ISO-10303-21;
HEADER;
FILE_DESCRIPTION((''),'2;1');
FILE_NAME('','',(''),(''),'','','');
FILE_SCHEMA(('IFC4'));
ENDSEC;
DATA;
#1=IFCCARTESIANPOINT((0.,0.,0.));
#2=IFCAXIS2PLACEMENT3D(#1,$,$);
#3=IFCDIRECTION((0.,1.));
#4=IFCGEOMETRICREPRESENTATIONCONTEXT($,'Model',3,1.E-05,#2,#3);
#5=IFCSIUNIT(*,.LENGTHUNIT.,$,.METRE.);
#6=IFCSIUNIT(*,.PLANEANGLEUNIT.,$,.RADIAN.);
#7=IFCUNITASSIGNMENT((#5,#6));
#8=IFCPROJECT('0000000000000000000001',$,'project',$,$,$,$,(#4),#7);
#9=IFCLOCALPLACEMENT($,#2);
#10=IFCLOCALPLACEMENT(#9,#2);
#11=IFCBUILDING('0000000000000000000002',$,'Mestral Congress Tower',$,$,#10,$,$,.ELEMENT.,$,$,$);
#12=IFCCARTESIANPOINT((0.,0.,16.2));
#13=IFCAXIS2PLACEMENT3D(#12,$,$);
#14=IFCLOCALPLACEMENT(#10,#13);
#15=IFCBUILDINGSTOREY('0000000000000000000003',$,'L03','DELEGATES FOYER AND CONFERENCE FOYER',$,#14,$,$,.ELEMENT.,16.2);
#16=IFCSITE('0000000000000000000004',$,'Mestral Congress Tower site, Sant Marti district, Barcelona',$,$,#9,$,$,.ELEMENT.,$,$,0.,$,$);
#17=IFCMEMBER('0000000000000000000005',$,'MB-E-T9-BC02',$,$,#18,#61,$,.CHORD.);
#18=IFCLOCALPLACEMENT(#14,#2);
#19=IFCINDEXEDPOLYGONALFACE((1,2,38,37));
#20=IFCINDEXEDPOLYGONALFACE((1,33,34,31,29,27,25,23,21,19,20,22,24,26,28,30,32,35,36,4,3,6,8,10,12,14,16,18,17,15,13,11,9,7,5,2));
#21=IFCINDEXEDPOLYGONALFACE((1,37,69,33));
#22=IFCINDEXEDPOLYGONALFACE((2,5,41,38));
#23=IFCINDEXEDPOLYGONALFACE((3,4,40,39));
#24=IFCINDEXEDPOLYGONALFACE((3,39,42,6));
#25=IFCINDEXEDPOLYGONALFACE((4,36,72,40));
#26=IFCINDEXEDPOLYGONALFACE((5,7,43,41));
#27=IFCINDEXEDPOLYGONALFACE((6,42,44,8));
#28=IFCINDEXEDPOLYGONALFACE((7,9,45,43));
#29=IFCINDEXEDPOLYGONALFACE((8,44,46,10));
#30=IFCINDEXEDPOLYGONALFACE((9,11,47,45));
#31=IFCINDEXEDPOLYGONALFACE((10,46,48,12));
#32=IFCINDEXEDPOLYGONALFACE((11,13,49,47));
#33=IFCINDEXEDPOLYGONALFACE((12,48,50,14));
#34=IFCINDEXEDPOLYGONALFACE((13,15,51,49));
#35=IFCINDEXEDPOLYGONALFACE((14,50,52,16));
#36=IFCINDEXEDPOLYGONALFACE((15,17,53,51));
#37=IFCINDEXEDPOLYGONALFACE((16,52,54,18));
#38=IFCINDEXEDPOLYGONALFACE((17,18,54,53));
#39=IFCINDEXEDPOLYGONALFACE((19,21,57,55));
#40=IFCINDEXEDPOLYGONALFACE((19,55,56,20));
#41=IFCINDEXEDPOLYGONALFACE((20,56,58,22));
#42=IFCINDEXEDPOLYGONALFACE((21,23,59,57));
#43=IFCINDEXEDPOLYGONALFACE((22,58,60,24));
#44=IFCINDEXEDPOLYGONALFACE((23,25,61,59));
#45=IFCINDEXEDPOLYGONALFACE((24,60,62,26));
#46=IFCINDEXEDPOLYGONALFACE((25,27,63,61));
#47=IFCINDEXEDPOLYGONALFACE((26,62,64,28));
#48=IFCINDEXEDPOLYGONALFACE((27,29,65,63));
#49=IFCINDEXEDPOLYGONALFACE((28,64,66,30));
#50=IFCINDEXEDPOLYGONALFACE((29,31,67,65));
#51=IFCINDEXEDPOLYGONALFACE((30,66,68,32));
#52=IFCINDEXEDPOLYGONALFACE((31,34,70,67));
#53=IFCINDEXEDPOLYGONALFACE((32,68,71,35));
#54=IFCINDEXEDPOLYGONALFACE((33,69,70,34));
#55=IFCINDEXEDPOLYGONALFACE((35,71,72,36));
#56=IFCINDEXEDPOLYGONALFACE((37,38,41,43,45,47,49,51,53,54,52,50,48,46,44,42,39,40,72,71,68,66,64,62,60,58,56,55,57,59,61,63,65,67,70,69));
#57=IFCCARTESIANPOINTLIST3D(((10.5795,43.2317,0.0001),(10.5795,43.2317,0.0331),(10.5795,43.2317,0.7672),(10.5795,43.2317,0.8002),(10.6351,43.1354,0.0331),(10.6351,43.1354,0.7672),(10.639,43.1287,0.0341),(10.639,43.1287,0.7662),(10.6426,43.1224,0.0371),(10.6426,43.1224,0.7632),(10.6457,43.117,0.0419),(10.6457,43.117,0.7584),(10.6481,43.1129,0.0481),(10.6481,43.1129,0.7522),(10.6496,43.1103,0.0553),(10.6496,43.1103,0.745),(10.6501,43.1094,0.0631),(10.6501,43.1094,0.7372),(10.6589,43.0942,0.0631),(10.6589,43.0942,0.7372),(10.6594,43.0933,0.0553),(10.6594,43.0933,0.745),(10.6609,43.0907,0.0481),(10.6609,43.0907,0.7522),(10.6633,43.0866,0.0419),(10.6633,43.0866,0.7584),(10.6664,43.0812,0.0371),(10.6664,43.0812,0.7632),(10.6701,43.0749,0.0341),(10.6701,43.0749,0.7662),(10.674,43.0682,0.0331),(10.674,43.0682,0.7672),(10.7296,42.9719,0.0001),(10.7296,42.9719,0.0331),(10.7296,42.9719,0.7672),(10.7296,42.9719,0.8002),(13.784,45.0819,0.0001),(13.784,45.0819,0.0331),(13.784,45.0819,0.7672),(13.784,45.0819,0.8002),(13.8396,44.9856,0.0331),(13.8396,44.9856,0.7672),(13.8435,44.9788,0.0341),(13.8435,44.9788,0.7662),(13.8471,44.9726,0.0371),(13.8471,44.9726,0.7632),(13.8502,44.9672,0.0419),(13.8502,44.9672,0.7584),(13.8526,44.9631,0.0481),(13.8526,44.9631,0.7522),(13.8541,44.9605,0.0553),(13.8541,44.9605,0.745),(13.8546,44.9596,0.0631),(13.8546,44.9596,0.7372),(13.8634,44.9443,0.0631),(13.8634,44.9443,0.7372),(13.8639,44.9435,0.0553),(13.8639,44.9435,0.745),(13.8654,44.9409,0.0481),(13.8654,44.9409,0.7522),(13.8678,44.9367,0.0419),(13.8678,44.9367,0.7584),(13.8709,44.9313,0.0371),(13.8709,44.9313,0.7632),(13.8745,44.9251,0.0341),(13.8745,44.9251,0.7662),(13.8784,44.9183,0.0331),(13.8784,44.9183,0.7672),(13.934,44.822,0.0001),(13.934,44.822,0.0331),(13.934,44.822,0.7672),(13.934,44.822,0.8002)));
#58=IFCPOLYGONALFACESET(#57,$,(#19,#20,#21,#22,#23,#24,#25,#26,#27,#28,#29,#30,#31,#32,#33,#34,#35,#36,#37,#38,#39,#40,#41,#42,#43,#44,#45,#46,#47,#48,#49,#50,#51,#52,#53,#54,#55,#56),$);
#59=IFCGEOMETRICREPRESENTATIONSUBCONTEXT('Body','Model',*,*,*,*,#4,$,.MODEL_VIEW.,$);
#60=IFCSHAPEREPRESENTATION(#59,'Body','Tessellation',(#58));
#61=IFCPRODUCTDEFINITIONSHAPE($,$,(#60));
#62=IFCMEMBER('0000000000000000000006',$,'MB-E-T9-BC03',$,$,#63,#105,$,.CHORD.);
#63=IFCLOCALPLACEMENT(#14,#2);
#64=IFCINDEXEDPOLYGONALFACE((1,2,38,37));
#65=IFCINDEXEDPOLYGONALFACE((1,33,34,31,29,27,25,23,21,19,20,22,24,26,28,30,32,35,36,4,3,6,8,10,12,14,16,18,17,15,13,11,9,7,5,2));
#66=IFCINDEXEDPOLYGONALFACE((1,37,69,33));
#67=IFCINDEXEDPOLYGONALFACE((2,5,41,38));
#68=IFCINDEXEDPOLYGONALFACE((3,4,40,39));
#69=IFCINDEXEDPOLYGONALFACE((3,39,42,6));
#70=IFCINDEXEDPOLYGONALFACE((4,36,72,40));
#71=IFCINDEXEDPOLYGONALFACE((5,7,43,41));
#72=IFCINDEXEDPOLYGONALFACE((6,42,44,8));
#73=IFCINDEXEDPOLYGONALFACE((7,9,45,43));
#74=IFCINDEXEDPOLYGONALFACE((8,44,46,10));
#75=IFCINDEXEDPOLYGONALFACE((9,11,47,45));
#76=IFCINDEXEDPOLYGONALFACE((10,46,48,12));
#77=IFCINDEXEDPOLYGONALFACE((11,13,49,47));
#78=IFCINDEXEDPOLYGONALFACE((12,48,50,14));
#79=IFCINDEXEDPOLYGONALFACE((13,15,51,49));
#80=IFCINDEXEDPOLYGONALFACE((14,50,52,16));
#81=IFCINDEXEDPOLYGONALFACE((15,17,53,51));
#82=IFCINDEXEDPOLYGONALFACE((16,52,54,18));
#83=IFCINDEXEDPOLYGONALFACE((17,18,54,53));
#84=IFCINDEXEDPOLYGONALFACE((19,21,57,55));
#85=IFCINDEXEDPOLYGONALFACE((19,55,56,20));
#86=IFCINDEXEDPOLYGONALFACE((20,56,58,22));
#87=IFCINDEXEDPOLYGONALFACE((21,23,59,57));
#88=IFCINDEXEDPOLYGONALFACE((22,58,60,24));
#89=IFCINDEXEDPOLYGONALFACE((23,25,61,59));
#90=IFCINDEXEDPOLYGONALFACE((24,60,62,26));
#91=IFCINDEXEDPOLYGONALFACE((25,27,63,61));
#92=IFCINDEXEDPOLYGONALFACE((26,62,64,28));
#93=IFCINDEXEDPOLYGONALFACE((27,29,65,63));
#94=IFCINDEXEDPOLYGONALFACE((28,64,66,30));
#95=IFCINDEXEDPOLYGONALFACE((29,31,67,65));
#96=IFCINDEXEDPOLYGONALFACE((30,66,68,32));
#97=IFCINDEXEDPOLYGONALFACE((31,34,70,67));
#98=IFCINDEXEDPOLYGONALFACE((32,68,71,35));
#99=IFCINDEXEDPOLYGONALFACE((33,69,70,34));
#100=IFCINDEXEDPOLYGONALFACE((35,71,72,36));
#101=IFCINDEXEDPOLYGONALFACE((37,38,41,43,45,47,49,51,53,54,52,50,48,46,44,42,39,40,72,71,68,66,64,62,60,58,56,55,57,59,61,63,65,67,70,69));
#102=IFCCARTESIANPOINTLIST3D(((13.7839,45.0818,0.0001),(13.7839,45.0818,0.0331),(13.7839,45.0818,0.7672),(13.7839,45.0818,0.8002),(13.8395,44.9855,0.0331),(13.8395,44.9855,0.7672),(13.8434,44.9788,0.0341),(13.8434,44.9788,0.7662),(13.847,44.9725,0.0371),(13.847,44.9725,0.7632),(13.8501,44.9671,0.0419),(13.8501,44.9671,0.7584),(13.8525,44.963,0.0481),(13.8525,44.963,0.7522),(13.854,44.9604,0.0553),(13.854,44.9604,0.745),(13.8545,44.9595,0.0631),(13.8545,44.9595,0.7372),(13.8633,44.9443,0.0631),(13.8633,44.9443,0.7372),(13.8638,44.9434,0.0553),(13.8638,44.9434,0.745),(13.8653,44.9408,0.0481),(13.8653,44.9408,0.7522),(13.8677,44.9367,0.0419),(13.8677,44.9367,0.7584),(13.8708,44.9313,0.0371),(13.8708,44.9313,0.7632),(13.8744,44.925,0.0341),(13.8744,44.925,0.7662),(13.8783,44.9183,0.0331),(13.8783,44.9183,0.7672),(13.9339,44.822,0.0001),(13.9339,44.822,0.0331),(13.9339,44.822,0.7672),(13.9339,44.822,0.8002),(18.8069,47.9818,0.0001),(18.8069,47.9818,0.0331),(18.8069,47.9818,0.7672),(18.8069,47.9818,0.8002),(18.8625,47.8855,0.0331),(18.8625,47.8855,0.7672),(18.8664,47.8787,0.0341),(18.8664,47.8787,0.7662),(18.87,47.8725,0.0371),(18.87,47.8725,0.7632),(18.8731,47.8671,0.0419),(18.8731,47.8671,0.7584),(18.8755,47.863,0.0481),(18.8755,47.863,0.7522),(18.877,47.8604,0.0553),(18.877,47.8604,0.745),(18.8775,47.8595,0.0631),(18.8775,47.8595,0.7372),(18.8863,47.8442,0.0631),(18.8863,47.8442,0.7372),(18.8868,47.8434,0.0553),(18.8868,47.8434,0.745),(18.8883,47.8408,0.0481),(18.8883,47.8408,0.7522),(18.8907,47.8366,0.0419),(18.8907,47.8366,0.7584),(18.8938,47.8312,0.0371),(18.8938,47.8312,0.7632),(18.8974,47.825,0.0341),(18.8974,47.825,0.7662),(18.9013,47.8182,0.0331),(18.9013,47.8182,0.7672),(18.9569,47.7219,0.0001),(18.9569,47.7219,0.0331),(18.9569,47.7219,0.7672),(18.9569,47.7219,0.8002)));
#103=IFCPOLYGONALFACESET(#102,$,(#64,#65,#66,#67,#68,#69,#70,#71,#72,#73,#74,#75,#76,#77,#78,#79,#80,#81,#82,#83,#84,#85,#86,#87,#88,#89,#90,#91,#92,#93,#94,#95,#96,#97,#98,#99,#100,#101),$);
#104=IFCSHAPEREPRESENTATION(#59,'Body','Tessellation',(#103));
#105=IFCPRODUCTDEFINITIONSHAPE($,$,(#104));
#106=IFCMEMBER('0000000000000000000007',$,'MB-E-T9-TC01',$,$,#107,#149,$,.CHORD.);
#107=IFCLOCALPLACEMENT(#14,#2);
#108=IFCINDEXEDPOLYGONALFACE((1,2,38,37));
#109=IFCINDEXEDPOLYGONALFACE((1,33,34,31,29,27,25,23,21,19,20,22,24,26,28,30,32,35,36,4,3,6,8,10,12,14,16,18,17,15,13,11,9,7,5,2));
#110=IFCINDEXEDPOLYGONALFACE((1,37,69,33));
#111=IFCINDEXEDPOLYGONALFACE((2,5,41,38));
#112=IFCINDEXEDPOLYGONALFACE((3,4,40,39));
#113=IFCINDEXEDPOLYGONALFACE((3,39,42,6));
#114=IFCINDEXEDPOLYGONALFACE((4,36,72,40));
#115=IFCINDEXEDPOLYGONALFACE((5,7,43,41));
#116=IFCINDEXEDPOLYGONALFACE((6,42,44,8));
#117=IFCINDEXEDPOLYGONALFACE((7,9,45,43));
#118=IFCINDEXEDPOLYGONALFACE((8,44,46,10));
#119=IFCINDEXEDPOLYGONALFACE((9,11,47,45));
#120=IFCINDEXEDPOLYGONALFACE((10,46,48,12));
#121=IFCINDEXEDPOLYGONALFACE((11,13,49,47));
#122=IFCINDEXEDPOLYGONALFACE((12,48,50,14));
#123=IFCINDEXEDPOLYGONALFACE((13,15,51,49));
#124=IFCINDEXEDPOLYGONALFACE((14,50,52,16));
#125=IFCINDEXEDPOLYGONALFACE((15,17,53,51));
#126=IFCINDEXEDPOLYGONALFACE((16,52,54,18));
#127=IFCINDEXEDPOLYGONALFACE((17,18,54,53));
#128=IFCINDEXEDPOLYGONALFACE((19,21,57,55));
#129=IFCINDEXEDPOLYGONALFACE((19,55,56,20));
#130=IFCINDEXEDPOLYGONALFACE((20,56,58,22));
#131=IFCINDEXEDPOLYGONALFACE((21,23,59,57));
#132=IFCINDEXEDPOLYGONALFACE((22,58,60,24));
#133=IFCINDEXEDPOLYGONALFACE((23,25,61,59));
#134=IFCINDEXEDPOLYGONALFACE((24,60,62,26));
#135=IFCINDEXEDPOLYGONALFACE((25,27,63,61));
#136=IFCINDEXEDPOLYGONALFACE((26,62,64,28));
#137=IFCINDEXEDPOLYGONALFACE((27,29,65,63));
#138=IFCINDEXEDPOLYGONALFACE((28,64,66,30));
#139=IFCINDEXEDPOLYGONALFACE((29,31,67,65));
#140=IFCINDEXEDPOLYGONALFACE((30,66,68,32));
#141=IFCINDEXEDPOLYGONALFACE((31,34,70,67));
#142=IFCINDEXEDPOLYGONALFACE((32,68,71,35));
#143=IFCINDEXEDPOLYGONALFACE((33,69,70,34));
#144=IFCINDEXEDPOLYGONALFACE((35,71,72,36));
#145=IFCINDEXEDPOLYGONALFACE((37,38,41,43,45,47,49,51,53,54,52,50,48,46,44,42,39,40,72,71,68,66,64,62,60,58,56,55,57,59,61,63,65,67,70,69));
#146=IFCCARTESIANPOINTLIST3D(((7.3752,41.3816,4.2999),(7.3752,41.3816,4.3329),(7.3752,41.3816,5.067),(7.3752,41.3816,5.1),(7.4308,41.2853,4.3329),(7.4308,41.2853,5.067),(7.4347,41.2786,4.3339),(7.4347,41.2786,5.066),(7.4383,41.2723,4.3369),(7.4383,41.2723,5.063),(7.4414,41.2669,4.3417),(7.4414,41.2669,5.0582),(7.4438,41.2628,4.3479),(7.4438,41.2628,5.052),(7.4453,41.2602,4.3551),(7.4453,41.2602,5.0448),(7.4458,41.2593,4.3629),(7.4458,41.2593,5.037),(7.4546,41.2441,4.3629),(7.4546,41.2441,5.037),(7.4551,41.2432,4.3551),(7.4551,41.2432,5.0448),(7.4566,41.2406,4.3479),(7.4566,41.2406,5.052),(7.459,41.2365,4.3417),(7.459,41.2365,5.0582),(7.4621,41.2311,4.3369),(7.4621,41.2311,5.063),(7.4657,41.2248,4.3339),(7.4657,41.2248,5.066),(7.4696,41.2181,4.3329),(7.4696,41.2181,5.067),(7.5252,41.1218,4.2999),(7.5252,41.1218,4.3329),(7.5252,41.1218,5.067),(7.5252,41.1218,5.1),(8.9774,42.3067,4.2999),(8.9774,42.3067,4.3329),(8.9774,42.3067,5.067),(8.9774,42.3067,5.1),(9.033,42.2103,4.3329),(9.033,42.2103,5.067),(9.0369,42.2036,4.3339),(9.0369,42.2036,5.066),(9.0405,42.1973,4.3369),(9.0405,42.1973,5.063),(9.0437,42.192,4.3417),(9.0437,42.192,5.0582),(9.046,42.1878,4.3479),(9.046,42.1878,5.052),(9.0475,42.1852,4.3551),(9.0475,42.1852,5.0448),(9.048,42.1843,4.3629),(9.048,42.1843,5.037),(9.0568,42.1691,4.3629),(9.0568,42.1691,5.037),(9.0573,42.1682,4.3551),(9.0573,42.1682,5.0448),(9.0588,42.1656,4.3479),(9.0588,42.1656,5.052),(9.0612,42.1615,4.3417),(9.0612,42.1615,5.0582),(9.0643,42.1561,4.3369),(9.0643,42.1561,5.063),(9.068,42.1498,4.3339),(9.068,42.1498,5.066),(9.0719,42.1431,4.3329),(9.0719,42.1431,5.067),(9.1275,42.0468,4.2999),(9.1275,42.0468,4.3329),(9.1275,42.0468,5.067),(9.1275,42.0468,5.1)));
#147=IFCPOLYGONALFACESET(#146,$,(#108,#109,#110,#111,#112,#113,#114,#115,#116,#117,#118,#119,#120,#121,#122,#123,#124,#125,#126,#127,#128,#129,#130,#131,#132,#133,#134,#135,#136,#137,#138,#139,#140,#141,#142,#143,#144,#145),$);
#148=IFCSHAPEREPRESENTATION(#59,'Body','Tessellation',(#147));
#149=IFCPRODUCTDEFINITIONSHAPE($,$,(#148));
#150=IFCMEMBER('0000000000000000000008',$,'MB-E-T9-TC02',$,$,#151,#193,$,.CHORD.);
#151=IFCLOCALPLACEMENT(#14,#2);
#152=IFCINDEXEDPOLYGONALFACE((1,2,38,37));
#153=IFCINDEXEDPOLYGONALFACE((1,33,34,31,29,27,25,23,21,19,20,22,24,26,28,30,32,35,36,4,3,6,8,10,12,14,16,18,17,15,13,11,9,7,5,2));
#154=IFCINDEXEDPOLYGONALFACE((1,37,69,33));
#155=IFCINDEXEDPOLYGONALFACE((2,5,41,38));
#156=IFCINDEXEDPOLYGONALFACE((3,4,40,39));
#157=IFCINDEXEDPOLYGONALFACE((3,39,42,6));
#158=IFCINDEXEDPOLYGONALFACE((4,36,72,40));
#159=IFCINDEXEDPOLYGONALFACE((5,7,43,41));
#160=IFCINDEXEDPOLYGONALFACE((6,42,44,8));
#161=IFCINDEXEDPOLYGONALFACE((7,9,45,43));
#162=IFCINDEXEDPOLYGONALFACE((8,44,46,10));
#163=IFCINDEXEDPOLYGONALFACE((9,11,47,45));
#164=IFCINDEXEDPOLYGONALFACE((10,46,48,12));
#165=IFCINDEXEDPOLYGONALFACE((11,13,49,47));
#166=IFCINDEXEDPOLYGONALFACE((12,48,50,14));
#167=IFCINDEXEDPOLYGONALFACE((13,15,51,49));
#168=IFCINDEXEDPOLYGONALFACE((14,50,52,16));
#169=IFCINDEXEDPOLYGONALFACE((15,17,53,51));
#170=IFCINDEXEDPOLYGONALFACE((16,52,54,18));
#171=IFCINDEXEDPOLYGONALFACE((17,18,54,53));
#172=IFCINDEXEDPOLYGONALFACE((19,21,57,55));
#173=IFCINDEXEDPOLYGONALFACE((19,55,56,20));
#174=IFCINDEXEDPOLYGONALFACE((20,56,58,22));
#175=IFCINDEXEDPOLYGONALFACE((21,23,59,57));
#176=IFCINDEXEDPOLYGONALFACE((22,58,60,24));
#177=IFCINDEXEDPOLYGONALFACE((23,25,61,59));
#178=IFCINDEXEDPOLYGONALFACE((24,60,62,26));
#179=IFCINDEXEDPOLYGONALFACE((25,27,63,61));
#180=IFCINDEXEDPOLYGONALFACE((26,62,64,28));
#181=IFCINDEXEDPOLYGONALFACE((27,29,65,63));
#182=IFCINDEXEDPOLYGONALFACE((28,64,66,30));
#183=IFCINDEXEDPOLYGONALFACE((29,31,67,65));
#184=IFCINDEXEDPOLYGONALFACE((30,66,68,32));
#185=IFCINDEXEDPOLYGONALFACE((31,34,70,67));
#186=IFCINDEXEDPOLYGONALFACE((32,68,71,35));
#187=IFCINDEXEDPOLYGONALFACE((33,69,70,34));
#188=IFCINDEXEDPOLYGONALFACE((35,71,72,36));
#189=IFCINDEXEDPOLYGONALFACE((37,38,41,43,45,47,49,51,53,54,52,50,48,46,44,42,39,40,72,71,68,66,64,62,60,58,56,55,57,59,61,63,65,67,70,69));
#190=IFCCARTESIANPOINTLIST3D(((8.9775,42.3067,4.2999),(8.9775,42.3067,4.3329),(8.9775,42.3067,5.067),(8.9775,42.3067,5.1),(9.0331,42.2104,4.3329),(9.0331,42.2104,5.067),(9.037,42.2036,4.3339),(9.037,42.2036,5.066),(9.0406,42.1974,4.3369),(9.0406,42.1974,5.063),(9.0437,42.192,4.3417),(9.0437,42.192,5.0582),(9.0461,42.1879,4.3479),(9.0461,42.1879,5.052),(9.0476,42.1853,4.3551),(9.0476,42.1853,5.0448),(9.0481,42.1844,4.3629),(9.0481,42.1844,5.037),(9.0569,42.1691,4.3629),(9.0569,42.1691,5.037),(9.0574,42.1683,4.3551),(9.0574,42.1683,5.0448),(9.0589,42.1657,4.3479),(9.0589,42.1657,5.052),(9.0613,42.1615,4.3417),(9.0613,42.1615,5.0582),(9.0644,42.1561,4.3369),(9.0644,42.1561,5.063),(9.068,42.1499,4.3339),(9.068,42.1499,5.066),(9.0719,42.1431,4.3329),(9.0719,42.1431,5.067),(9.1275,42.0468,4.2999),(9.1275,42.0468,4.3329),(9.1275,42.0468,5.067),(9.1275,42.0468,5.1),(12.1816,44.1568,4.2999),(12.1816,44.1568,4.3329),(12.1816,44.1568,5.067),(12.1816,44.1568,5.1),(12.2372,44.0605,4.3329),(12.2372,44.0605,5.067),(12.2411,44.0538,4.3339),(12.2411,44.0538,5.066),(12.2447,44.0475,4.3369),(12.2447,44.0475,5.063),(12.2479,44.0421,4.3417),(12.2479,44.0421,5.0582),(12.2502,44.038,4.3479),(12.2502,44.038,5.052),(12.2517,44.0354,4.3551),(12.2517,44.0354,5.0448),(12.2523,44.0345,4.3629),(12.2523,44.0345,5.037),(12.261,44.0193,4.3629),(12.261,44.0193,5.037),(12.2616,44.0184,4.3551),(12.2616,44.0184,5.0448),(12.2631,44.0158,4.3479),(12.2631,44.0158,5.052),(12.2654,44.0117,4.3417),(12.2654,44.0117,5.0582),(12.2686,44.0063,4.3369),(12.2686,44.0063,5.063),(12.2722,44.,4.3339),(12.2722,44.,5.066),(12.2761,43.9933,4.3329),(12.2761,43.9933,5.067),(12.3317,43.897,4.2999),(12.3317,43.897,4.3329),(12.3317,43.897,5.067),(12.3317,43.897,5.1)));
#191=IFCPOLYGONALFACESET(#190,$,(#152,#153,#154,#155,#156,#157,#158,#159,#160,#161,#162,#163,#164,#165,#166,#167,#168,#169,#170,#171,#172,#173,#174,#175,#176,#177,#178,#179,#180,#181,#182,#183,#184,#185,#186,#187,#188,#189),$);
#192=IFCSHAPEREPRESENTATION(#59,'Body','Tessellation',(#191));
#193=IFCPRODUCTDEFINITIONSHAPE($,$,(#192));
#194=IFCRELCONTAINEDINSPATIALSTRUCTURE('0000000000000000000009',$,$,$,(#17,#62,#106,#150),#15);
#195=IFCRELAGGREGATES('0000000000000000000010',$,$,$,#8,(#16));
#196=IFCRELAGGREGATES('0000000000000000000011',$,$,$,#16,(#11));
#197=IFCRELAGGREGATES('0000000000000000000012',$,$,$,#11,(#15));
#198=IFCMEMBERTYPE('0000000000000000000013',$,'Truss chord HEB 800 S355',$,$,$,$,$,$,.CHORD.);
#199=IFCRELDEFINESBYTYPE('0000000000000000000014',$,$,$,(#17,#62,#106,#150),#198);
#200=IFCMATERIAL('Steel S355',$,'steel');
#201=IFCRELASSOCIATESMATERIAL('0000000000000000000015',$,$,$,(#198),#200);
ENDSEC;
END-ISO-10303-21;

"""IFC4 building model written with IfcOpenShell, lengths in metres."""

from ifc_helpers import new_model, si_unit, direction, frame, origin, origin_2d, place, context, subcontext, project, spatial, i_section, extrude, material, material_profile, profile_set, type_object, element, save


model = new_model("IFC4")

# Units and contexts
model_context = context("Model", 3, precision=1e-05, world=origin(), true_north=direction((0.0, 1.0)))
body_context = subcontext(model_context, "Body", "Model", "MODEL_VIEW")
ifc_project = project(units=[si_unit("LENGTHUNIT", "METRE"), si_unit("PLANEANGLEUNIT", "RADIAN")], contexts=[model_context])

# Site, building, storey
site_placement = place(None, origin())
site = spatial("IfcSite", under=ifc_project, at=site_placement, Name="Mestral Congress Tower site, Sant Marti district, Barcelona", CompositionType="ELEMENT", RefElevation=0.0)
building_placement = place(site_placement, origin())
building = spatial("IfcBuilding", under=site, at=building_placement, Name="Mestral Congress Tower", CompositionType="ELEMENT")
storey_placement = place(building_placement, frame((0.0, 0.0, 16.2)))
storey = spatial("IfcBuildingStorey", under=building, at=storey_placement, Name="L03", Description="DELEGATES FOYER AND CONFERENCE FOYER", CompositionType="ELEMENT", Elevation=16.2)

# Shared definitions
ifc_material_1 = material(Name="Steel S355", Category="steel")

# Members
ifc_material_profile_1 = material_profile(ifc_material_1, i_section(OverallWidth=0.3, OverallDepth=0.8, WebThickness=0.0176, FlangeThickness=0.033, FilletRadius=0.03, at=origin_2d()), Name="HEB 800")
ifc_profile_set_1 = profile_set([ifc_material_profile_1], Name="Steel S355")
member_type_1 = type_object("IfcMemberType", Name="Truss chord HEB 800 S355", PredefinedType="CHORD", material=ifc_profile_set_1)
for number, where, z_axis, x_axis, name in (
    (1, (10.6545, 43.1018, 0.4001), (0.866017, 0.500014, 0.0), (-0.500014, 0.866017, 0.0), "MB-E-T9-BC02"),
):
    element("IfcMember", number, at=place(storey_placement, frame(where, z_axis=z_axis, x_axis=x_axis)), inside=storey, type_object=member_type_1, Name=name, PredefinedType="CHORD", context=body_context, shape_type="SweptSolid", body=[
        extrude(i_section(OverallWidth=0.3, OverallDepth=0.8, WebThickness=0.0176, FlangeThickness=0.033, FilletRadius=0.03, at=origin_2d()), origin(), (0.0, 0.0, 1.0), 3.7002),
    ])
member_1_placement = place(storey_placement, frame((13.8589, 44.9519, 0.4001), z_axis=(0.866033, 0.499987, 0.0), x_axis=(-0.499987, 0.866033, 0.0)))
element("IfcMember", 2, at=member_1_placement, inside=storey, type_object=member_type_1, Name="MB-E-T9-BC03", PredefinedType="CHORD", context=body_context, shape_type="SweptSolid", body=[
    extrude(i_section(OverallWidth=0.3, OverallDepth=0.8, WebThickness=0.0176, FlangeThickness=0.033, FilletRadius=0.03, at=origin_2d()), origin(), (0.0, 0.0, 1.0), 5.8),
])
member_2_placement = place(storey_placement, frame((7.4502, 41.2517, 4.7), z_axis=(0.866034, 0.499985, 0.0), x_axis=(-0.499985, 0.866034, 0.0)))
element("IfcMember", 3, at=member_2_placement, inside=storey, type_object=member_type_1, Name="MB-E-T9-TC01", PredefinedType="CHORD", context=body_context, shape_type="SweptSolid", body=[
    extrude(i_section(OverallWidth=0.3, OverallDepth=0.8, WebThickness=0.0176, FlangeThickness=0.033, FilletRadius=0.03, at=origin_2d()), origin(), (0.0, 0.0, 1.0), 1.8501),
])
member_3_placement = place(storey_placement, frame((9.0525, 42.1768, 4.7), z_axis=(0.866001, 0.500042, 0.0), x_axis=(-0.500042, 0.866001, 0.0)))
element("IfcMember", 4, at=member_3_placement, inside=storey, type_object=member_type_1, Name="MB-E-T9-TC02", PredefinedType="CHORD", context=body_context, shape_type="SweptSolid", body=[
    extrude(i_section(OverallWidth=0.3, OverallDepth=0.8, WebThickness=0.0176, FlangeThickness=0.033, FilletRadius=0.03, at=origin_2d()), origin(), (0.0, 0.0, 1.0), 3.7),
])

save(model, "model.ifc")
